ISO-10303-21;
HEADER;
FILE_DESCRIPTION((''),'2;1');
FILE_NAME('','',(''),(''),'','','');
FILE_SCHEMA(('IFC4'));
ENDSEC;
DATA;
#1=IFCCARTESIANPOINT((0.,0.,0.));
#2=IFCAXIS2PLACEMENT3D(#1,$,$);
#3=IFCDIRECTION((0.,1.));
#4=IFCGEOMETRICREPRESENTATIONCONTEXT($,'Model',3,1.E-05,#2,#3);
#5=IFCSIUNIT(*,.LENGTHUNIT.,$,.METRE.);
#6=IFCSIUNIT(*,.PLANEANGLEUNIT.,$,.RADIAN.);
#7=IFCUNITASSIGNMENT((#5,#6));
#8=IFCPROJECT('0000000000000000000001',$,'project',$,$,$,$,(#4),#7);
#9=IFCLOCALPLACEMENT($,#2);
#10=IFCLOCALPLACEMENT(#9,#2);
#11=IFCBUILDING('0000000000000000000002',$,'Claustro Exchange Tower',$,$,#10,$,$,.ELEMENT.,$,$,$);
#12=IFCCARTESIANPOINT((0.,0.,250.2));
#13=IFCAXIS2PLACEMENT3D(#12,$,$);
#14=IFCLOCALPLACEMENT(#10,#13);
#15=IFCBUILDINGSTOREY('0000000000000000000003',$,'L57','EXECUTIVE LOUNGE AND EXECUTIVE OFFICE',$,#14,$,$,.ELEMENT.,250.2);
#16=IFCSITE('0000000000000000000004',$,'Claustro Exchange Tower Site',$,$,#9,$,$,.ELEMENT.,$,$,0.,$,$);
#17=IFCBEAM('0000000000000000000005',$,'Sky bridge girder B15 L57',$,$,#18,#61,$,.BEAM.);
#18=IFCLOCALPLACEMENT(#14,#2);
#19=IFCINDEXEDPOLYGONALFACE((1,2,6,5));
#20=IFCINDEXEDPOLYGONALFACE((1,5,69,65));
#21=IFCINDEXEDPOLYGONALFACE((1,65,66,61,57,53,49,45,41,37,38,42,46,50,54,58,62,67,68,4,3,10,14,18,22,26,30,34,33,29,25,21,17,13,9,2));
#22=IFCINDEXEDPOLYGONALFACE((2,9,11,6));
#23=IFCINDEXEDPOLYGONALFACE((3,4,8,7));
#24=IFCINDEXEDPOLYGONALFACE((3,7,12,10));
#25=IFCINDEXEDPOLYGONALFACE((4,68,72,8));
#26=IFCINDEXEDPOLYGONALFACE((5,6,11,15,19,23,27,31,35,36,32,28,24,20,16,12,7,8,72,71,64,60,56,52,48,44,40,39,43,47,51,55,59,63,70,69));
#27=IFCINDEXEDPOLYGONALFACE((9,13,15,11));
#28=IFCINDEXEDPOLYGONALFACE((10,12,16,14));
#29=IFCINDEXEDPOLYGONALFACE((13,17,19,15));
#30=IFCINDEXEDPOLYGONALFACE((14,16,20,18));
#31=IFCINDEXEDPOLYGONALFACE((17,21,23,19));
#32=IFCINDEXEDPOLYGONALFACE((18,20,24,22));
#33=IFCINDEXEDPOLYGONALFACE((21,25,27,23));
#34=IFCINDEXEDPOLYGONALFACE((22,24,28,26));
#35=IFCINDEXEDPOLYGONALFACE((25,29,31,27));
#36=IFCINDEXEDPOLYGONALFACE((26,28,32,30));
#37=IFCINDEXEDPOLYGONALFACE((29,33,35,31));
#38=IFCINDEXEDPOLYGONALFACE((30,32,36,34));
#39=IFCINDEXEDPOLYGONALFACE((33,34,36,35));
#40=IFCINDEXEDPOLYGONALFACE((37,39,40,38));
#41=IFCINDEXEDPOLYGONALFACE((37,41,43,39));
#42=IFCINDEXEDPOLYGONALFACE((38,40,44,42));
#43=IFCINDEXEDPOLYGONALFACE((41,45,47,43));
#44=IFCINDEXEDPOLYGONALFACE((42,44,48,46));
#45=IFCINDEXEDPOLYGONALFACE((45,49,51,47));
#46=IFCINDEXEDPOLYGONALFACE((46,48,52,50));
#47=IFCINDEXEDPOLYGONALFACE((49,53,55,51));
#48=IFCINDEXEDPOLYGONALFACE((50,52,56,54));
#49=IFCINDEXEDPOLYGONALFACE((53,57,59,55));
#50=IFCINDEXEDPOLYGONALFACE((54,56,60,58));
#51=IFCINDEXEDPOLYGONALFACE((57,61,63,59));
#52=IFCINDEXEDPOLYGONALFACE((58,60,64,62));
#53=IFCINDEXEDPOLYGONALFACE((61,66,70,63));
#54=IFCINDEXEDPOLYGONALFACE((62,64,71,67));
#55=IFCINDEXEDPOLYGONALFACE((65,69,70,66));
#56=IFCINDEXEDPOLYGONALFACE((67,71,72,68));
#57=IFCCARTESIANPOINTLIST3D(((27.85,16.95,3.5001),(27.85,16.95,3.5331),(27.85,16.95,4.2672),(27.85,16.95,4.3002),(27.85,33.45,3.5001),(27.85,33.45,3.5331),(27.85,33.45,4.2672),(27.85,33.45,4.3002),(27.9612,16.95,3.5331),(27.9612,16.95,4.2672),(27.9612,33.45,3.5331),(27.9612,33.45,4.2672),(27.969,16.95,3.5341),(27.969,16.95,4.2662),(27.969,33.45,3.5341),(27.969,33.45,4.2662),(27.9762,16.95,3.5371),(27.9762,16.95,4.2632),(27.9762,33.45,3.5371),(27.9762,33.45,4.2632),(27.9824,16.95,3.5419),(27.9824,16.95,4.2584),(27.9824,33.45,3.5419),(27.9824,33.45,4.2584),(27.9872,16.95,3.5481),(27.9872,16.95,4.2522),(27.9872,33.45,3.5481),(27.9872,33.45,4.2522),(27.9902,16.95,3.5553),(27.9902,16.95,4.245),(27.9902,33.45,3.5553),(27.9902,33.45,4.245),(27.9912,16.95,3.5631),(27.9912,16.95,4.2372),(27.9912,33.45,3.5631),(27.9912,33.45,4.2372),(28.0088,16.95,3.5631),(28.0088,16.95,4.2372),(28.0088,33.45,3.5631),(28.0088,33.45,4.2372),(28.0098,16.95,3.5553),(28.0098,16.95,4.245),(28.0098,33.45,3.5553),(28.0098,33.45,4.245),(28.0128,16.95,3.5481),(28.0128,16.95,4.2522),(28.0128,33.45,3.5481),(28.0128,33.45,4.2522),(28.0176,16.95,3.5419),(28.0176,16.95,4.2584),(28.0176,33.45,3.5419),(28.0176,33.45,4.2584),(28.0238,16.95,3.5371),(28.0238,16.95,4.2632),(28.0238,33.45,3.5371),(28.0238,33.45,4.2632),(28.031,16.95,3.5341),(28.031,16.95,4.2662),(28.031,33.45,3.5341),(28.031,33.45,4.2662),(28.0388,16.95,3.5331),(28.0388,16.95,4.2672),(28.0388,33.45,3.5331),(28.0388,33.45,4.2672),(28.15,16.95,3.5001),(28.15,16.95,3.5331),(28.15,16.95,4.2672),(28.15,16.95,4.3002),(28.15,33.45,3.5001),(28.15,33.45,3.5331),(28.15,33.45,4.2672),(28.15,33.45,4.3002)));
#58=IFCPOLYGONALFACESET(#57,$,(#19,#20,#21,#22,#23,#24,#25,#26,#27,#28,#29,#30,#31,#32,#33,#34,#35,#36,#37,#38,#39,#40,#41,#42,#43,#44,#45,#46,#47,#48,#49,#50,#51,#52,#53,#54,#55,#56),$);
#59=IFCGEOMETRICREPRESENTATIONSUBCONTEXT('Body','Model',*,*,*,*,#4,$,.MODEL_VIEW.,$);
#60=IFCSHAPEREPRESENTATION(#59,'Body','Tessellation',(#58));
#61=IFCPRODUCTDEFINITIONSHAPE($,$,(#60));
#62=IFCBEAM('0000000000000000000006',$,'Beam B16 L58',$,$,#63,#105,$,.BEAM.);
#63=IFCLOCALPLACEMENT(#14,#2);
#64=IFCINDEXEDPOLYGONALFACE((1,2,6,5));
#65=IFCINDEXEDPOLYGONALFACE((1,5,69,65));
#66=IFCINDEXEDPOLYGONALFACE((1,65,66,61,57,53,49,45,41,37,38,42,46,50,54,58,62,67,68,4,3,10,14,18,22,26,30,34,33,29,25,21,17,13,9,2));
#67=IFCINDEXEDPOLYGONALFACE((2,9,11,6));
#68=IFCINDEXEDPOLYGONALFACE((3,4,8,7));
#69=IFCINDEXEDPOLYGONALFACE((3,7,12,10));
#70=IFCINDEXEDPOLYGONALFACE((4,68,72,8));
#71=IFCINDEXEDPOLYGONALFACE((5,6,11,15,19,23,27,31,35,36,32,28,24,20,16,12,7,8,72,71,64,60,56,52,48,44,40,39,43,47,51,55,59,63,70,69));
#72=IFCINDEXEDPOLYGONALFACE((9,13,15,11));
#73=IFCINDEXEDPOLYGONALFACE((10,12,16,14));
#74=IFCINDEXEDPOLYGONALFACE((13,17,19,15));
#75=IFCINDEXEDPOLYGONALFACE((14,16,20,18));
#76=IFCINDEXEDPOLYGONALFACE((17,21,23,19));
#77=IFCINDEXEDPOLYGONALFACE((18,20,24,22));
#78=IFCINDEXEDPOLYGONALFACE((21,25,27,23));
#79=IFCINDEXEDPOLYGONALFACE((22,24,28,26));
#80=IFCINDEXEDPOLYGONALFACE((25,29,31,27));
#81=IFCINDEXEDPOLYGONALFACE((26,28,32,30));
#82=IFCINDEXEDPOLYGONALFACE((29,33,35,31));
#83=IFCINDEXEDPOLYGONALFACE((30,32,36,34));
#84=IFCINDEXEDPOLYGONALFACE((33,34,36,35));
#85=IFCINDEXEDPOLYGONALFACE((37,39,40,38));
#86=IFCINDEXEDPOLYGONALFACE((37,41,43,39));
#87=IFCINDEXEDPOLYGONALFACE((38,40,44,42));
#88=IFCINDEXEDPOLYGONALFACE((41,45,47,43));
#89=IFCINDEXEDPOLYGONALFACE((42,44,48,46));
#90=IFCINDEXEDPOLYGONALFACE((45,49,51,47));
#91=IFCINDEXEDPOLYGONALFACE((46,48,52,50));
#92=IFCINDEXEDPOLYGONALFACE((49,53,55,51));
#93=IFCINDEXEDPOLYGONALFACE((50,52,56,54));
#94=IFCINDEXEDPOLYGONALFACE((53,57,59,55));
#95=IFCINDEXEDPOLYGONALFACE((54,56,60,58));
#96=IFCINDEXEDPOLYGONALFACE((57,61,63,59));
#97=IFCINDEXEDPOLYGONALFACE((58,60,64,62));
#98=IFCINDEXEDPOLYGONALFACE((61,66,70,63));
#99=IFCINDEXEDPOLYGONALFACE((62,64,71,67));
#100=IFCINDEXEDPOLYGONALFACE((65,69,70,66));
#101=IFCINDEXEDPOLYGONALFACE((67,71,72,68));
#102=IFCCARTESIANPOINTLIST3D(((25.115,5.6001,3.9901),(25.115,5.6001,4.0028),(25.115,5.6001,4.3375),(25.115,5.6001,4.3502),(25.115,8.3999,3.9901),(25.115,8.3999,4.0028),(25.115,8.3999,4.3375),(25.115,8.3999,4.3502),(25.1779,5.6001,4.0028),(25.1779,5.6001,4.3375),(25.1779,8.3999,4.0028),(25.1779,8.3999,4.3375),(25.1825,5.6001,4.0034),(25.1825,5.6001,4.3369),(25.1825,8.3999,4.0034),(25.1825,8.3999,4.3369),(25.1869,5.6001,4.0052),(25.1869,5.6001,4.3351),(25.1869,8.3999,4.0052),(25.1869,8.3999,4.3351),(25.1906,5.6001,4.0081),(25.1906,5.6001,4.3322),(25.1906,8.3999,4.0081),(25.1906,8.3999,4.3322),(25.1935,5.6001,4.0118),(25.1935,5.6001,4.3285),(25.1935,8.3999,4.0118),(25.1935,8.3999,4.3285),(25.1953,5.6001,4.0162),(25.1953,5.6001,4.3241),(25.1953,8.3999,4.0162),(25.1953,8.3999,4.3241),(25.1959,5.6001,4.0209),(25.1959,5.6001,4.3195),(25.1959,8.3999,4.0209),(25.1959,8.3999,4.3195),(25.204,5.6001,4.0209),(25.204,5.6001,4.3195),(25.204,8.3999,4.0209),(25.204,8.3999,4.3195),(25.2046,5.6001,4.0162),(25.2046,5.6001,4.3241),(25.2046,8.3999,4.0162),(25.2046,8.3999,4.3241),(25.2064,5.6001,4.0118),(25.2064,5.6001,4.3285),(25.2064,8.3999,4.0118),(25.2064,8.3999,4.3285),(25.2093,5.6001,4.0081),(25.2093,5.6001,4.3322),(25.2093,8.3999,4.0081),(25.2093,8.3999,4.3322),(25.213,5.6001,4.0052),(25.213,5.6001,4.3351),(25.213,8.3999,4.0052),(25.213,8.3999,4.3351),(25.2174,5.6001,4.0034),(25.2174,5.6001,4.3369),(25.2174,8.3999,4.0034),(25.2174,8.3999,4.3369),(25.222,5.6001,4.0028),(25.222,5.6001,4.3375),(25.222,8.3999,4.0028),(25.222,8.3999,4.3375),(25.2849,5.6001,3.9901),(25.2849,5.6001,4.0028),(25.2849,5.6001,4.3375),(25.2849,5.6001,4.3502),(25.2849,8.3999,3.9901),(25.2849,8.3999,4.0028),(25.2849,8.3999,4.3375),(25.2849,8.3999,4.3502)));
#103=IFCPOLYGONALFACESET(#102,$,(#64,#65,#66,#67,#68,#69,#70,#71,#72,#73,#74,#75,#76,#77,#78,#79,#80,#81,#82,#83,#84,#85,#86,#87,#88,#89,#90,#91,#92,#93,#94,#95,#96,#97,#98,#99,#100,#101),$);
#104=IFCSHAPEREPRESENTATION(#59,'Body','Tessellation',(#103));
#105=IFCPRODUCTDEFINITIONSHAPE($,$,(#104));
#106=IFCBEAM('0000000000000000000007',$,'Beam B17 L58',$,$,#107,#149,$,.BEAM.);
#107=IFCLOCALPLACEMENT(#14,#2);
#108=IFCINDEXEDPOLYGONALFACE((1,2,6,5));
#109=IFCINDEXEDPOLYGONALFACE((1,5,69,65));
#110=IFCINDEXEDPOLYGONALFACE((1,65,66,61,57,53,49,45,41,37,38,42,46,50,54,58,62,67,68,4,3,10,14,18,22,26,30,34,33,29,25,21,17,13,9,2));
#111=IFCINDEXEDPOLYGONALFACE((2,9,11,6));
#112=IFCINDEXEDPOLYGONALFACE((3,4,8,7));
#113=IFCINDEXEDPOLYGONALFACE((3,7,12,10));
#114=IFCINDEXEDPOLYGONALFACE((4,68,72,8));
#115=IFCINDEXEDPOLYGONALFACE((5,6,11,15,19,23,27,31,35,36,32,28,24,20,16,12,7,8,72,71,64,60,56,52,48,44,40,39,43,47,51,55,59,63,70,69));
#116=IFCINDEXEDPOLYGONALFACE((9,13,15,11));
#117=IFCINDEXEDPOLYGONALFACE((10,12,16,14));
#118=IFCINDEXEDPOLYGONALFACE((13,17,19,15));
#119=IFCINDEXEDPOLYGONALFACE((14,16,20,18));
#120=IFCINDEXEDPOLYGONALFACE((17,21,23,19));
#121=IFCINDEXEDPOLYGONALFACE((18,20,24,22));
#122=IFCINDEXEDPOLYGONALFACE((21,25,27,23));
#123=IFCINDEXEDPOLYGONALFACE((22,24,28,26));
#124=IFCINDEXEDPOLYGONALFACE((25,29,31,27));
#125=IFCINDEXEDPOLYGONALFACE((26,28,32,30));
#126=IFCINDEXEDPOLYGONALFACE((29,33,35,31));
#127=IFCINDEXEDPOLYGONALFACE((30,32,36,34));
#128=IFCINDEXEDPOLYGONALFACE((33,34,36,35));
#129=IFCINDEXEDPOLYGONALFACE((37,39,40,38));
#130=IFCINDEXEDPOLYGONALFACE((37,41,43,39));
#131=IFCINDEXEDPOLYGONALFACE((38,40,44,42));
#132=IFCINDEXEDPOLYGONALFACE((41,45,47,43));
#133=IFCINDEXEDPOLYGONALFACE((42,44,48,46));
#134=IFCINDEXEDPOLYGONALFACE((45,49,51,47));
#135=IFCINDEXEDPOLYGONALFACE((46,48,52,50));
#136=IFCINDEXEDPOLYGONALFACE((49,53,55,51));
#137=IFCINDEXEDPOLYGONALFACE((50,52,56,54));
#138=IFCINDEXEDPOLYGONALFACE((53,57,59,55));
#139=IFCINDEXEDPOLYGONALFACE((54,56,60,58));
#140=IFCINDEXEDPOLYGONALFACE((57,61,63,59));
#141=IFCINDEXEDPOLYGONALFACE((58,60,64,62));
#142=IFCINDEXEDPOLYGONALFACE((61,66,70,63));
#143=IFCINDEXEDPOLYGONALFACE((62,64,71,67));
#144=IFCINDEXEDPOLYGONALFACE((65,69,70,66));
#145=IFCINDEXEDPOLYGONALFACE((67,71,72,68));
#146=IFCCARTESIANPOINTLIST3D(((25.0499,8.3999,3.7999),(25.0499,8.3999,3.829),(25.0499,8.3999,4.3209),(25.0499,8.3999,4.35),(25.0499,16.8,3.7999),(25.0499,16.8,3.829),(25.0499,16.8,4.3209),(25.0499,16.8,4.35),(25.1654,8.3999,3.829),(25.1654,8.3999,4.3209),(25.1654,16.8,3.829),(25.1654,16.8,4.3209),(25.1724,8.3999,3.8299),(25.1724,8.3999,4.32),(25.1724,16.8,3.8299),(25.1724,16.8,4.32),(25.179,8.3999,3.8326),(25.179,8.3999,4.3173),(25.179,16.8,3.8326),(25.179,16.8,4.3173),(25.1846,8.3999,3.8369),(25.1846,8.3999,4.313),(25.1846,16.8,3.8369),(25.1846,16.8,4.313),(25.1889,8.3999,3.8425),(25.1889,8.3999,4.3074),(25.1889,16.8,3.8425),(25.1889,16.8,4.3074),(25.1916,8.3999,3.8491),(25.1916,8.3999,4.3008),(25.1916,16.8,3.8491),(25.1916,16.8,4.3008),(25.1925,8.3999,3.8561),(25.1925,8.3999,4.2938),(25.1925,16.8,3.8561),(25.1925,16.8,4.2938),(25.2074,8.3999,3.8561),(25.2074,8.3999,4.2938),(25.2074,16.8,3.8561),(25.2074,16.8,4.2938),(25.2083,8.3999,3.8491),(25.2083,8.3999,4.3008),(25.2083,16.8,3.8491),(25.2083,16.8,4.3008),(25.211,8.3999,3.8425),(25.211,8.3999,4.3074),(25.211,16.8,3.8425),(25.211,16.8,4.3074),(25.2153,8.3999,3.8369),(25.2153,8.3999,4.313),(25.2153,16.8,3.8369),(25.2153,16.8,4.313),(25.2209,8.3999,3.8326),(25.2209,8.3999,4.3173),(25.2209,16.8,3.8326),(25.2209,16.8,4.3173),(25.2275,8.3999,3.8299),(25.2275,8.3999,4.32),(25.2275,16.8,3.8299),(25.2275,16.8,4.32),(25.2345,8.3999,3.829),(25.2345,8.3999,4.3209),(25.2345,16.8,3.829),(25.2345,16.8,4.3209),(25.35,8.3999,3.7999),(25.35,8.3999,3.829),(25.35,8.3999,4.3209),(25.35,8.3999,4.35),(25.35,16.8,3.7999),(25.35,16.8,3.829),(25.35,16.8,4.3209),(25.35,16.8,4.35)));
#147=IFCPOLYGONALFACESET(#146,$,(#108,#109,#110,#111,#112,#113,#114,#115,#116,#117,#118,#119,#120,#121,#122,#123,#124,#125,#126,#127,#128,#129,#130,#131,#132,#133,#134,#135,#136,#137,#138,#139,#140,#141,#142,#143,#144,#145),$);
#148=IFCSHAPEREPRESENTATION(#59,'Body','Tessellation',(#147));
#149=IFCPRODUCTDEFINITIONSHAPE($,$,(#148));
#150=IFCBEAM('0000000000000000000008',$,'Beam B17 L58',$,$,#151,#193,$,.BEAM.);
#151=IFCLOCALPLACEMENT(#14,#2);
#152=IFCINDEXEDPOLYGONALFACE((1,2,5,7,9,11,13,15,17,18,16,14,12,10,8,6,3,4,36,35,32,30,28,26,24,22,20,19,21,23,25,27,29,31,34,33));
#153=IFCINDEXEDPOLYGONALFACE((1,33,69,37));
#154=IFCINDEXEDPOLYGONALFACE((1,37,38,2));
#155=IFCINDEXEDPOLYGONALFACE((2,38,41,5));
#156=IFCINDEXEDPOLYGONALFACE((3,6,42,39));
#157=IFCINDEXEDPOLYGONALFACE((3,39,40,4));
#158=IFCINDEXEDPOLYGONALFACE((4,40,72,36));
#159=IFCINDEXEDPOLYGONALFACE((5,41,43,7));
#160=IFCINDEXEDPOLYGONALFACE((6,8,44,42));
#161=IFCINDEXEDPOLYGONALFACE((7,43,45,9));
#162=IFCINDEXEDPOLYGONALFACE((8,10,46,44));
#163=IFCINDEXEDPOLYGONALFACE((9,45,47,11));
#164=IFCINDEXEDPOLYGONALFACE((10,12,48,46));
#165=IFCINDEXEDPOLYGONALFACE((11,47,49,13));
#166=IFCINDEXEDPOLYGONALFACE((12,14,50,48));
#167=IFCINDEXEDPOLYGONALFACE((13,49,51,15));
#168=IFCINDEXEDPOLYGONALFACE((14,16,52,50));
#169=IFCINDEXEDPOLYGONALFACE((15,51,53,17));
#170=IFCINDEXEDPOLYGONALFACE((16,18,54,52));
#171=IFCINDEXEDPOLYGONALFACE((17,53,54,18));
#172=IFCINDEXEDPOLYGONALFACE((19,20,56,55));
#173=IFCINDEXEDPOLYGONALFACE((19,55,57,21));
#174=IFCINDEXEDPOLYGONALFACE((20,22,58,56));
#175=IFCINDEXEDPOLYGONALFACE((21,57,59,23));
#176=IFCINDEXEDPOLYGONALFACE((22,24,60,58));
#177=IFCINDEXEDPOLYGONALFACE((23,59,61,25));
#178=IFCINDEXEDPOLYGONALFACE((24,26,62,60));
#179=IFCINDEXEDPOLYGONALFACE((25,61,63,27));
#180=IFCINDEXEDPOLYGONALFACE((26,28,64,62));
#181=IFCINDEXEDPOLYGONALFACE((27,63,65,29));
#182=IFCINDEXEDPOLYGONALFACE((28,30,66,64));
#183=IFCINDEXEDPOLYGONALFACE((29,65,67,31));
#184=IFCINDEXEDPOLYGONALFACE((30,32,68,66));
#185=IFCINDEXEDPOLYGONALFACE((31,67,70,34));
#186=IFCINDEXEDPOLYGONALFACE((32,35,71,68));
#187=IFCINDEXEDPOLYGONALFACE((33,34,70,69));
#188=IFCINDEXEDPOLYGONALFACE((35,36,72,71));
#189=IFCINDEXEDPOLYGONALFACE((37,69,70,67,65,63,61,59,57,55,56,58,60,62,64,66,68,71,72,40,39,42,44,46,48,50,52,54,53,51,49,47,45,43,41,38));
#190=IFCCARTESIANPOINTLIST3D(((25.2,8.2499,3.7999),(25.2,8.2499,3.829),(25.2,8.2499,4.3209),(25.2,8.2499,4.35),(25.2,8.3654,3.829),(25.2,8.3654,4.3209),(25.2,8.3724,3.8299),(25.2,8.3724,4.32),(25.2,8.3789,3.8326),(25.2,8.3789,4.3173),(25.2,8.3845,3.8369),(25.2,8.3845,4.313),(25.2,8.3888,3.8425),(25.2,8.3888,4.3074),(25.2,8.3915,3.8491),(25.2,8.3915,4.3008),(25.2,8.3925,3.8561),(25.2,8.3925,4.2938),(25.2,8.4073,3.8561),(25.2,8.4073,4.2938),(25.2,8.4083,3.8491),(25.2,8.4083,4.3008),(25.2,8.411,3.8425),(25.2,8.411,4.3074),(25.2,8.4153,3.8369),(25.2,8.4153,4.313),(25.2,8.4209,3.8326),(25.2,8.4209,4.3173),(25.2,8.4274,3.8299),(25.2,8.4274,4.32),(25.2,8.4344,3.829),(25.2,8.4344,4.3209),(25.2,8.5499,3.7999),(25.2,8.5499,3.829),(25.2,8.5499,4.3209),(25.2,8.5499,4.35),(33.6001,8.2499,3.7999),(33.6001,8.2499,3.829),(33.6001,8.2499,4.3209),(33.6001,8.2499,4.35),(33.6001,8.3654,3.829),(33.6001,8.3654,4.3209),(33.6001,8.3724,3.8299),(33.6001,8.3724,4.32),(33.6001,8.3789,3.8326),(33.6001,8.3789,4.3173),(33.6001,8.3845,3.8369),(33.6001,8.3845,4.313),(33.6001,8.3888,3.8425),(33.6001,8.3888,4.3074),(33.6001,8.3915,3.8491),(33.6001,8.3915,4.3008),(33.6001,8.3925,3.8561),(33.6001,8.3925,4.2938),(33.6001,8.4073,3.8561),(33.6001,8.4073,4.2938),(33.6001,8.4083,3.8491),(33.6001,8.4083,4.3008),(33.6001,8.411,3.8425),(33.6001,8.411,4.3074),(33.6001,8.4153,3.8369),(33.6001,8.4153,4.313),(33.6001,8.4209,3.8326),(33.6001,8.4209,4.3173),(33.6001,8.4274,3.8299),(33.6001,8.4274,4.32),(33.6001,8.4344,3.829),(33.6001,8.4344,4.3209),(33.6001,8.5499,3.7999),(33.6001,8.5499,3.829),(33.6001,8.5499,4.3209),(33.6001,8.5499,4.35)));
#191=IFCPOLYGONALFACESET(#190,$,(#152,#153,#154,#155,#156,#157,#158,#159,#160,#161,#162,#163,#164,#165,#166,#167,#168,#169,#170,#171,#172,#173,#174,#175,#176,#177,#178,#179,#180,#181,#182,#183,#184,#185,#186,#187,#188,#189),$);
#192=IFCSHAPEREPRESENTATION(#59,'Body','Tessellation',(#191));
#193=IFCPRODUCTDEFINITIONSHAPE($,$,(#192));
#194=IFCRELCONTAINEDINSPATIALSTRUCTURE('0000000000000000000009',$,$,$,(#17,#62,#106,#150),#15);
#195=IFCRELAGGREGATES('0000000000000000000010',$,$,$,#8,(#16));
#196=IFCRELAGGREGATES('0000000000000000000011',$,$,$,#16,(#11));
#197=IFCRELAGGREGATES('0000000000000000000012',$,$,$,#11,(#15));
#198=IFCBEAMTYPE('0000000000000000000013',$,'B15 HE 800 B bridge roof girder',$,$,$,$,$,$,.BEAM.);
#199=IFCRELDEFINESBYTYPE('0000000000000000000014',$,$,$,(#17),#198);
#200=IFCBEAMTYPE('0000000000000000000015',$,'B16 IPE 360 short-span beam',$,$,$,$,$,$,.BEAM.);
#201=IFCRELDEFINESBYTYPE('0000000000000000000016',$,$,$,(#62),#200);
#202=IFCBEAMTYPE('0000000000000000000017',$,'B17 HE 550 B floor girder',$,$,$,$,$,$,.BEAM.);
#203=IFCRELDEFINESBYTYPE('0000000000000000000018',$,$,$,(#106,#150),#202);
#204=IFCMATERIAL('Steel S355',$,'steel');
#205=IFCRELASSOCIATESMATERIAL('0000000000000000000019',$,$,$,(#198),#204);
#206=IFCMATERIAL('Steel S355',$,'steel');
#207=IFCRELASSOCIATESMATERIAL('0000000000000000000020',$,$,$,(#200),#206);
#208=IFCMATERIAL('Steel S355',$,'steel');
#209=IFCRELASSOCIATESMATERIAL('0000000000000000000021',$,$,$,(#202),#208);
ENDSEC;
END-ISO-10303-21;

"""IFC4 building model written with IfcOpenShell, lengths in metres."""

from ifc_helpers import new_model, si_unit, direction, frame, origin, origin_2d, place, context, subcontext, project, spatial, i_section, extrude, material, material_profile, profile_set, type_object, element, save


model = new_model("IFC4")

# Units and contexts
model_context = context("Model", 3, precision=1e-05, world=origin(), true_north=direction((0.0, 1.0)))
body_context = subcontext(model_context, "Body", "Model", "MODEL_VIEW")
ifc_project = project(units=[si_unit("LENGTHUNIT", "METRE"), si_unit("PLANEANGLEUNIT", "RADIAN")], contexts=[model_context])

# Site, building, storey
site_placement = place(None, origin())
site = spatial("IfcSite", under=ifc_project, at=site_placement, Name="Claustro Exchange Tower Site", CompositionType="ELEMENT", RefElevation=0.0)
building_placement = place(site_placement, origin())
building = spatial("IfcBuilding", under=site, at=building_placement, Name="Claustro Exchange Tower", CompositionType="ELEMENT")
storey_placement = place(building_placement, frame((0.0, 0.0, 250.2)))
storey = spatial("IfcBuildingStorey", under=building, at=storey_placement, Name="L57", Description="EXECUTIVE LOUNGE AND EXECUTIVE OFFICE", CompositionType="ELEMENT", Elevation=250.2)

# Beams
ifc_material_1 = material(Name="Steel S355", Category="steel")
ifc_material_profile_1 = material_profile(ifc_material_1, i_section(OverallWidth=0.3, OverallDepth=0.8, WebThickness=0.0176, FlangeThickness=0.033, FilletRadius=0.03, at=origin_2d()), Name="HE 800 B")
ifc_profile_set_1 = profile_set([ifc_material_profile_1], Name="Steel S355")
beam_type_1 = type_object("IfcBeamType", Name="B15 HE 800 B bridge roof girder", PredefinedType="BEAM", material=ifc_profile_set_1)
for number, where, z_axis, x_axis, name in (
    (1, (28.0, 16.95, 3.9001), (0.0, 1.0, 0.0), (-1.0, 0.0, 0.0), "Sky bridge girder B15 L57"),
):
    element("IfcBeam", number, at=place(storey_placement, frame(where, z_axis=z_axis, x_axis=x_axis)), inside=storey, type_object=beam_type_1, Name=name, PredefinedType="BEAM", context=body_context, shape_type="SweptSolid", body=[
        extrude(i_section(OverallWidth=0.3, OverallDepth=0.8, WebThickness=0.0176, FlangeThickness=0.033, FilletRadius=0.03, at=origin_2d()), origin(), (0.0, 0.0, 1.0), 16.5),
    ])
ifc_material_2 = material(Name="Steel S355", Category="steel")
ifc_material_profile_2 = material_profile(ifc_material_2, i_section(OverallWidth=0.1699, OverallDepth=0.3601, WebThickness=0.0081, FlangeThickness=0.0127, FilletRadius=0.0181, at=origin_2d()), Name="IPE 360")
ifc_profile_set_2 = profile_set([ifc_material_profile_2], Name="Steel S355")
beam_type_2 = type_object("IfcBeamType", Name="B16 IPE 360 short-span beam", PredefinedType="BEAM", material=ifc_profile_set_2)
beam_1_placement = place(storey_placement, frame((25.2, 5.6001, 4.1702), z_axis=(0.0, 1.0, 0.0), x_axis=(-1.0, 0.0, 0.0)))
element("IfcBeam", 2, at=beam_1_placement, inside=storey, type_object=beam_type_2, Name="Beam B16 L58", PredefinedType="BEAM", context=body_context, shape_type="SweptSolid", body=[
    extrude(i_section(OverallWidth=0.1699, OverallDepth=0.3601, WebThickness=0.0081, FlangeThickness=0.0127, FilletRadius=0.0181, at=origin_2d()), origin(), (0.0, 0.0, 1.0), 2.7998),
])
ifc_material_3 = material(Name="Steel S355", Category="steel")
ifc_material_profile_3 = material_profile(ifc_material_3, i_section(OverallWidth=0.3, OverallDepth=0.55, WebThickness=0.0149, FlangeThickness=0.0291, FilletRadius=0.0271, at=origin_2d()), Name="HE 550 B")
ifc_profile_set_3 = profile_set([ifc_material_profile_3], Name="Steel S355")
beam_type_3 = type_object("IfcBeamType", Name="B17 HE 550 B floor girder", PredefinedType="BEAM", material=ifc_profile_set_3)
for number, where, z_axis, x_axis, name in (
    (3, (25.2, 8.3999, 4.075), (0.0, 1.0, 0.0), (-1.0, 0.0, 0.0), "Beam B17 L58"),
    (4, (25.2, 8.3999, 4.075), (1.0, 0.0, 0.0), (0.0, 1.0, 0.0), "Beam B17 L58"),
):
    element("IfcBeam", number, at=place(storey_placement, frame(where, z_axis=z_axis, x_axis=x_axis)), inside=storey, type_object=beam_type_3, Name=name, PredefinedType="BEAM", context=body_context, shape_type="SweptSolid", body=[
        extrude(i_section(OverallWidth=0.3, OverallDepth=0.55, WebThickness=0.0149, FlangeThickness=0.0291, FilletRadius=0.0271, at=origin_2d()), origin(), (0.0, 0.0, 1.0), 8.4001),
    ])

save(model, "model.ifc")
